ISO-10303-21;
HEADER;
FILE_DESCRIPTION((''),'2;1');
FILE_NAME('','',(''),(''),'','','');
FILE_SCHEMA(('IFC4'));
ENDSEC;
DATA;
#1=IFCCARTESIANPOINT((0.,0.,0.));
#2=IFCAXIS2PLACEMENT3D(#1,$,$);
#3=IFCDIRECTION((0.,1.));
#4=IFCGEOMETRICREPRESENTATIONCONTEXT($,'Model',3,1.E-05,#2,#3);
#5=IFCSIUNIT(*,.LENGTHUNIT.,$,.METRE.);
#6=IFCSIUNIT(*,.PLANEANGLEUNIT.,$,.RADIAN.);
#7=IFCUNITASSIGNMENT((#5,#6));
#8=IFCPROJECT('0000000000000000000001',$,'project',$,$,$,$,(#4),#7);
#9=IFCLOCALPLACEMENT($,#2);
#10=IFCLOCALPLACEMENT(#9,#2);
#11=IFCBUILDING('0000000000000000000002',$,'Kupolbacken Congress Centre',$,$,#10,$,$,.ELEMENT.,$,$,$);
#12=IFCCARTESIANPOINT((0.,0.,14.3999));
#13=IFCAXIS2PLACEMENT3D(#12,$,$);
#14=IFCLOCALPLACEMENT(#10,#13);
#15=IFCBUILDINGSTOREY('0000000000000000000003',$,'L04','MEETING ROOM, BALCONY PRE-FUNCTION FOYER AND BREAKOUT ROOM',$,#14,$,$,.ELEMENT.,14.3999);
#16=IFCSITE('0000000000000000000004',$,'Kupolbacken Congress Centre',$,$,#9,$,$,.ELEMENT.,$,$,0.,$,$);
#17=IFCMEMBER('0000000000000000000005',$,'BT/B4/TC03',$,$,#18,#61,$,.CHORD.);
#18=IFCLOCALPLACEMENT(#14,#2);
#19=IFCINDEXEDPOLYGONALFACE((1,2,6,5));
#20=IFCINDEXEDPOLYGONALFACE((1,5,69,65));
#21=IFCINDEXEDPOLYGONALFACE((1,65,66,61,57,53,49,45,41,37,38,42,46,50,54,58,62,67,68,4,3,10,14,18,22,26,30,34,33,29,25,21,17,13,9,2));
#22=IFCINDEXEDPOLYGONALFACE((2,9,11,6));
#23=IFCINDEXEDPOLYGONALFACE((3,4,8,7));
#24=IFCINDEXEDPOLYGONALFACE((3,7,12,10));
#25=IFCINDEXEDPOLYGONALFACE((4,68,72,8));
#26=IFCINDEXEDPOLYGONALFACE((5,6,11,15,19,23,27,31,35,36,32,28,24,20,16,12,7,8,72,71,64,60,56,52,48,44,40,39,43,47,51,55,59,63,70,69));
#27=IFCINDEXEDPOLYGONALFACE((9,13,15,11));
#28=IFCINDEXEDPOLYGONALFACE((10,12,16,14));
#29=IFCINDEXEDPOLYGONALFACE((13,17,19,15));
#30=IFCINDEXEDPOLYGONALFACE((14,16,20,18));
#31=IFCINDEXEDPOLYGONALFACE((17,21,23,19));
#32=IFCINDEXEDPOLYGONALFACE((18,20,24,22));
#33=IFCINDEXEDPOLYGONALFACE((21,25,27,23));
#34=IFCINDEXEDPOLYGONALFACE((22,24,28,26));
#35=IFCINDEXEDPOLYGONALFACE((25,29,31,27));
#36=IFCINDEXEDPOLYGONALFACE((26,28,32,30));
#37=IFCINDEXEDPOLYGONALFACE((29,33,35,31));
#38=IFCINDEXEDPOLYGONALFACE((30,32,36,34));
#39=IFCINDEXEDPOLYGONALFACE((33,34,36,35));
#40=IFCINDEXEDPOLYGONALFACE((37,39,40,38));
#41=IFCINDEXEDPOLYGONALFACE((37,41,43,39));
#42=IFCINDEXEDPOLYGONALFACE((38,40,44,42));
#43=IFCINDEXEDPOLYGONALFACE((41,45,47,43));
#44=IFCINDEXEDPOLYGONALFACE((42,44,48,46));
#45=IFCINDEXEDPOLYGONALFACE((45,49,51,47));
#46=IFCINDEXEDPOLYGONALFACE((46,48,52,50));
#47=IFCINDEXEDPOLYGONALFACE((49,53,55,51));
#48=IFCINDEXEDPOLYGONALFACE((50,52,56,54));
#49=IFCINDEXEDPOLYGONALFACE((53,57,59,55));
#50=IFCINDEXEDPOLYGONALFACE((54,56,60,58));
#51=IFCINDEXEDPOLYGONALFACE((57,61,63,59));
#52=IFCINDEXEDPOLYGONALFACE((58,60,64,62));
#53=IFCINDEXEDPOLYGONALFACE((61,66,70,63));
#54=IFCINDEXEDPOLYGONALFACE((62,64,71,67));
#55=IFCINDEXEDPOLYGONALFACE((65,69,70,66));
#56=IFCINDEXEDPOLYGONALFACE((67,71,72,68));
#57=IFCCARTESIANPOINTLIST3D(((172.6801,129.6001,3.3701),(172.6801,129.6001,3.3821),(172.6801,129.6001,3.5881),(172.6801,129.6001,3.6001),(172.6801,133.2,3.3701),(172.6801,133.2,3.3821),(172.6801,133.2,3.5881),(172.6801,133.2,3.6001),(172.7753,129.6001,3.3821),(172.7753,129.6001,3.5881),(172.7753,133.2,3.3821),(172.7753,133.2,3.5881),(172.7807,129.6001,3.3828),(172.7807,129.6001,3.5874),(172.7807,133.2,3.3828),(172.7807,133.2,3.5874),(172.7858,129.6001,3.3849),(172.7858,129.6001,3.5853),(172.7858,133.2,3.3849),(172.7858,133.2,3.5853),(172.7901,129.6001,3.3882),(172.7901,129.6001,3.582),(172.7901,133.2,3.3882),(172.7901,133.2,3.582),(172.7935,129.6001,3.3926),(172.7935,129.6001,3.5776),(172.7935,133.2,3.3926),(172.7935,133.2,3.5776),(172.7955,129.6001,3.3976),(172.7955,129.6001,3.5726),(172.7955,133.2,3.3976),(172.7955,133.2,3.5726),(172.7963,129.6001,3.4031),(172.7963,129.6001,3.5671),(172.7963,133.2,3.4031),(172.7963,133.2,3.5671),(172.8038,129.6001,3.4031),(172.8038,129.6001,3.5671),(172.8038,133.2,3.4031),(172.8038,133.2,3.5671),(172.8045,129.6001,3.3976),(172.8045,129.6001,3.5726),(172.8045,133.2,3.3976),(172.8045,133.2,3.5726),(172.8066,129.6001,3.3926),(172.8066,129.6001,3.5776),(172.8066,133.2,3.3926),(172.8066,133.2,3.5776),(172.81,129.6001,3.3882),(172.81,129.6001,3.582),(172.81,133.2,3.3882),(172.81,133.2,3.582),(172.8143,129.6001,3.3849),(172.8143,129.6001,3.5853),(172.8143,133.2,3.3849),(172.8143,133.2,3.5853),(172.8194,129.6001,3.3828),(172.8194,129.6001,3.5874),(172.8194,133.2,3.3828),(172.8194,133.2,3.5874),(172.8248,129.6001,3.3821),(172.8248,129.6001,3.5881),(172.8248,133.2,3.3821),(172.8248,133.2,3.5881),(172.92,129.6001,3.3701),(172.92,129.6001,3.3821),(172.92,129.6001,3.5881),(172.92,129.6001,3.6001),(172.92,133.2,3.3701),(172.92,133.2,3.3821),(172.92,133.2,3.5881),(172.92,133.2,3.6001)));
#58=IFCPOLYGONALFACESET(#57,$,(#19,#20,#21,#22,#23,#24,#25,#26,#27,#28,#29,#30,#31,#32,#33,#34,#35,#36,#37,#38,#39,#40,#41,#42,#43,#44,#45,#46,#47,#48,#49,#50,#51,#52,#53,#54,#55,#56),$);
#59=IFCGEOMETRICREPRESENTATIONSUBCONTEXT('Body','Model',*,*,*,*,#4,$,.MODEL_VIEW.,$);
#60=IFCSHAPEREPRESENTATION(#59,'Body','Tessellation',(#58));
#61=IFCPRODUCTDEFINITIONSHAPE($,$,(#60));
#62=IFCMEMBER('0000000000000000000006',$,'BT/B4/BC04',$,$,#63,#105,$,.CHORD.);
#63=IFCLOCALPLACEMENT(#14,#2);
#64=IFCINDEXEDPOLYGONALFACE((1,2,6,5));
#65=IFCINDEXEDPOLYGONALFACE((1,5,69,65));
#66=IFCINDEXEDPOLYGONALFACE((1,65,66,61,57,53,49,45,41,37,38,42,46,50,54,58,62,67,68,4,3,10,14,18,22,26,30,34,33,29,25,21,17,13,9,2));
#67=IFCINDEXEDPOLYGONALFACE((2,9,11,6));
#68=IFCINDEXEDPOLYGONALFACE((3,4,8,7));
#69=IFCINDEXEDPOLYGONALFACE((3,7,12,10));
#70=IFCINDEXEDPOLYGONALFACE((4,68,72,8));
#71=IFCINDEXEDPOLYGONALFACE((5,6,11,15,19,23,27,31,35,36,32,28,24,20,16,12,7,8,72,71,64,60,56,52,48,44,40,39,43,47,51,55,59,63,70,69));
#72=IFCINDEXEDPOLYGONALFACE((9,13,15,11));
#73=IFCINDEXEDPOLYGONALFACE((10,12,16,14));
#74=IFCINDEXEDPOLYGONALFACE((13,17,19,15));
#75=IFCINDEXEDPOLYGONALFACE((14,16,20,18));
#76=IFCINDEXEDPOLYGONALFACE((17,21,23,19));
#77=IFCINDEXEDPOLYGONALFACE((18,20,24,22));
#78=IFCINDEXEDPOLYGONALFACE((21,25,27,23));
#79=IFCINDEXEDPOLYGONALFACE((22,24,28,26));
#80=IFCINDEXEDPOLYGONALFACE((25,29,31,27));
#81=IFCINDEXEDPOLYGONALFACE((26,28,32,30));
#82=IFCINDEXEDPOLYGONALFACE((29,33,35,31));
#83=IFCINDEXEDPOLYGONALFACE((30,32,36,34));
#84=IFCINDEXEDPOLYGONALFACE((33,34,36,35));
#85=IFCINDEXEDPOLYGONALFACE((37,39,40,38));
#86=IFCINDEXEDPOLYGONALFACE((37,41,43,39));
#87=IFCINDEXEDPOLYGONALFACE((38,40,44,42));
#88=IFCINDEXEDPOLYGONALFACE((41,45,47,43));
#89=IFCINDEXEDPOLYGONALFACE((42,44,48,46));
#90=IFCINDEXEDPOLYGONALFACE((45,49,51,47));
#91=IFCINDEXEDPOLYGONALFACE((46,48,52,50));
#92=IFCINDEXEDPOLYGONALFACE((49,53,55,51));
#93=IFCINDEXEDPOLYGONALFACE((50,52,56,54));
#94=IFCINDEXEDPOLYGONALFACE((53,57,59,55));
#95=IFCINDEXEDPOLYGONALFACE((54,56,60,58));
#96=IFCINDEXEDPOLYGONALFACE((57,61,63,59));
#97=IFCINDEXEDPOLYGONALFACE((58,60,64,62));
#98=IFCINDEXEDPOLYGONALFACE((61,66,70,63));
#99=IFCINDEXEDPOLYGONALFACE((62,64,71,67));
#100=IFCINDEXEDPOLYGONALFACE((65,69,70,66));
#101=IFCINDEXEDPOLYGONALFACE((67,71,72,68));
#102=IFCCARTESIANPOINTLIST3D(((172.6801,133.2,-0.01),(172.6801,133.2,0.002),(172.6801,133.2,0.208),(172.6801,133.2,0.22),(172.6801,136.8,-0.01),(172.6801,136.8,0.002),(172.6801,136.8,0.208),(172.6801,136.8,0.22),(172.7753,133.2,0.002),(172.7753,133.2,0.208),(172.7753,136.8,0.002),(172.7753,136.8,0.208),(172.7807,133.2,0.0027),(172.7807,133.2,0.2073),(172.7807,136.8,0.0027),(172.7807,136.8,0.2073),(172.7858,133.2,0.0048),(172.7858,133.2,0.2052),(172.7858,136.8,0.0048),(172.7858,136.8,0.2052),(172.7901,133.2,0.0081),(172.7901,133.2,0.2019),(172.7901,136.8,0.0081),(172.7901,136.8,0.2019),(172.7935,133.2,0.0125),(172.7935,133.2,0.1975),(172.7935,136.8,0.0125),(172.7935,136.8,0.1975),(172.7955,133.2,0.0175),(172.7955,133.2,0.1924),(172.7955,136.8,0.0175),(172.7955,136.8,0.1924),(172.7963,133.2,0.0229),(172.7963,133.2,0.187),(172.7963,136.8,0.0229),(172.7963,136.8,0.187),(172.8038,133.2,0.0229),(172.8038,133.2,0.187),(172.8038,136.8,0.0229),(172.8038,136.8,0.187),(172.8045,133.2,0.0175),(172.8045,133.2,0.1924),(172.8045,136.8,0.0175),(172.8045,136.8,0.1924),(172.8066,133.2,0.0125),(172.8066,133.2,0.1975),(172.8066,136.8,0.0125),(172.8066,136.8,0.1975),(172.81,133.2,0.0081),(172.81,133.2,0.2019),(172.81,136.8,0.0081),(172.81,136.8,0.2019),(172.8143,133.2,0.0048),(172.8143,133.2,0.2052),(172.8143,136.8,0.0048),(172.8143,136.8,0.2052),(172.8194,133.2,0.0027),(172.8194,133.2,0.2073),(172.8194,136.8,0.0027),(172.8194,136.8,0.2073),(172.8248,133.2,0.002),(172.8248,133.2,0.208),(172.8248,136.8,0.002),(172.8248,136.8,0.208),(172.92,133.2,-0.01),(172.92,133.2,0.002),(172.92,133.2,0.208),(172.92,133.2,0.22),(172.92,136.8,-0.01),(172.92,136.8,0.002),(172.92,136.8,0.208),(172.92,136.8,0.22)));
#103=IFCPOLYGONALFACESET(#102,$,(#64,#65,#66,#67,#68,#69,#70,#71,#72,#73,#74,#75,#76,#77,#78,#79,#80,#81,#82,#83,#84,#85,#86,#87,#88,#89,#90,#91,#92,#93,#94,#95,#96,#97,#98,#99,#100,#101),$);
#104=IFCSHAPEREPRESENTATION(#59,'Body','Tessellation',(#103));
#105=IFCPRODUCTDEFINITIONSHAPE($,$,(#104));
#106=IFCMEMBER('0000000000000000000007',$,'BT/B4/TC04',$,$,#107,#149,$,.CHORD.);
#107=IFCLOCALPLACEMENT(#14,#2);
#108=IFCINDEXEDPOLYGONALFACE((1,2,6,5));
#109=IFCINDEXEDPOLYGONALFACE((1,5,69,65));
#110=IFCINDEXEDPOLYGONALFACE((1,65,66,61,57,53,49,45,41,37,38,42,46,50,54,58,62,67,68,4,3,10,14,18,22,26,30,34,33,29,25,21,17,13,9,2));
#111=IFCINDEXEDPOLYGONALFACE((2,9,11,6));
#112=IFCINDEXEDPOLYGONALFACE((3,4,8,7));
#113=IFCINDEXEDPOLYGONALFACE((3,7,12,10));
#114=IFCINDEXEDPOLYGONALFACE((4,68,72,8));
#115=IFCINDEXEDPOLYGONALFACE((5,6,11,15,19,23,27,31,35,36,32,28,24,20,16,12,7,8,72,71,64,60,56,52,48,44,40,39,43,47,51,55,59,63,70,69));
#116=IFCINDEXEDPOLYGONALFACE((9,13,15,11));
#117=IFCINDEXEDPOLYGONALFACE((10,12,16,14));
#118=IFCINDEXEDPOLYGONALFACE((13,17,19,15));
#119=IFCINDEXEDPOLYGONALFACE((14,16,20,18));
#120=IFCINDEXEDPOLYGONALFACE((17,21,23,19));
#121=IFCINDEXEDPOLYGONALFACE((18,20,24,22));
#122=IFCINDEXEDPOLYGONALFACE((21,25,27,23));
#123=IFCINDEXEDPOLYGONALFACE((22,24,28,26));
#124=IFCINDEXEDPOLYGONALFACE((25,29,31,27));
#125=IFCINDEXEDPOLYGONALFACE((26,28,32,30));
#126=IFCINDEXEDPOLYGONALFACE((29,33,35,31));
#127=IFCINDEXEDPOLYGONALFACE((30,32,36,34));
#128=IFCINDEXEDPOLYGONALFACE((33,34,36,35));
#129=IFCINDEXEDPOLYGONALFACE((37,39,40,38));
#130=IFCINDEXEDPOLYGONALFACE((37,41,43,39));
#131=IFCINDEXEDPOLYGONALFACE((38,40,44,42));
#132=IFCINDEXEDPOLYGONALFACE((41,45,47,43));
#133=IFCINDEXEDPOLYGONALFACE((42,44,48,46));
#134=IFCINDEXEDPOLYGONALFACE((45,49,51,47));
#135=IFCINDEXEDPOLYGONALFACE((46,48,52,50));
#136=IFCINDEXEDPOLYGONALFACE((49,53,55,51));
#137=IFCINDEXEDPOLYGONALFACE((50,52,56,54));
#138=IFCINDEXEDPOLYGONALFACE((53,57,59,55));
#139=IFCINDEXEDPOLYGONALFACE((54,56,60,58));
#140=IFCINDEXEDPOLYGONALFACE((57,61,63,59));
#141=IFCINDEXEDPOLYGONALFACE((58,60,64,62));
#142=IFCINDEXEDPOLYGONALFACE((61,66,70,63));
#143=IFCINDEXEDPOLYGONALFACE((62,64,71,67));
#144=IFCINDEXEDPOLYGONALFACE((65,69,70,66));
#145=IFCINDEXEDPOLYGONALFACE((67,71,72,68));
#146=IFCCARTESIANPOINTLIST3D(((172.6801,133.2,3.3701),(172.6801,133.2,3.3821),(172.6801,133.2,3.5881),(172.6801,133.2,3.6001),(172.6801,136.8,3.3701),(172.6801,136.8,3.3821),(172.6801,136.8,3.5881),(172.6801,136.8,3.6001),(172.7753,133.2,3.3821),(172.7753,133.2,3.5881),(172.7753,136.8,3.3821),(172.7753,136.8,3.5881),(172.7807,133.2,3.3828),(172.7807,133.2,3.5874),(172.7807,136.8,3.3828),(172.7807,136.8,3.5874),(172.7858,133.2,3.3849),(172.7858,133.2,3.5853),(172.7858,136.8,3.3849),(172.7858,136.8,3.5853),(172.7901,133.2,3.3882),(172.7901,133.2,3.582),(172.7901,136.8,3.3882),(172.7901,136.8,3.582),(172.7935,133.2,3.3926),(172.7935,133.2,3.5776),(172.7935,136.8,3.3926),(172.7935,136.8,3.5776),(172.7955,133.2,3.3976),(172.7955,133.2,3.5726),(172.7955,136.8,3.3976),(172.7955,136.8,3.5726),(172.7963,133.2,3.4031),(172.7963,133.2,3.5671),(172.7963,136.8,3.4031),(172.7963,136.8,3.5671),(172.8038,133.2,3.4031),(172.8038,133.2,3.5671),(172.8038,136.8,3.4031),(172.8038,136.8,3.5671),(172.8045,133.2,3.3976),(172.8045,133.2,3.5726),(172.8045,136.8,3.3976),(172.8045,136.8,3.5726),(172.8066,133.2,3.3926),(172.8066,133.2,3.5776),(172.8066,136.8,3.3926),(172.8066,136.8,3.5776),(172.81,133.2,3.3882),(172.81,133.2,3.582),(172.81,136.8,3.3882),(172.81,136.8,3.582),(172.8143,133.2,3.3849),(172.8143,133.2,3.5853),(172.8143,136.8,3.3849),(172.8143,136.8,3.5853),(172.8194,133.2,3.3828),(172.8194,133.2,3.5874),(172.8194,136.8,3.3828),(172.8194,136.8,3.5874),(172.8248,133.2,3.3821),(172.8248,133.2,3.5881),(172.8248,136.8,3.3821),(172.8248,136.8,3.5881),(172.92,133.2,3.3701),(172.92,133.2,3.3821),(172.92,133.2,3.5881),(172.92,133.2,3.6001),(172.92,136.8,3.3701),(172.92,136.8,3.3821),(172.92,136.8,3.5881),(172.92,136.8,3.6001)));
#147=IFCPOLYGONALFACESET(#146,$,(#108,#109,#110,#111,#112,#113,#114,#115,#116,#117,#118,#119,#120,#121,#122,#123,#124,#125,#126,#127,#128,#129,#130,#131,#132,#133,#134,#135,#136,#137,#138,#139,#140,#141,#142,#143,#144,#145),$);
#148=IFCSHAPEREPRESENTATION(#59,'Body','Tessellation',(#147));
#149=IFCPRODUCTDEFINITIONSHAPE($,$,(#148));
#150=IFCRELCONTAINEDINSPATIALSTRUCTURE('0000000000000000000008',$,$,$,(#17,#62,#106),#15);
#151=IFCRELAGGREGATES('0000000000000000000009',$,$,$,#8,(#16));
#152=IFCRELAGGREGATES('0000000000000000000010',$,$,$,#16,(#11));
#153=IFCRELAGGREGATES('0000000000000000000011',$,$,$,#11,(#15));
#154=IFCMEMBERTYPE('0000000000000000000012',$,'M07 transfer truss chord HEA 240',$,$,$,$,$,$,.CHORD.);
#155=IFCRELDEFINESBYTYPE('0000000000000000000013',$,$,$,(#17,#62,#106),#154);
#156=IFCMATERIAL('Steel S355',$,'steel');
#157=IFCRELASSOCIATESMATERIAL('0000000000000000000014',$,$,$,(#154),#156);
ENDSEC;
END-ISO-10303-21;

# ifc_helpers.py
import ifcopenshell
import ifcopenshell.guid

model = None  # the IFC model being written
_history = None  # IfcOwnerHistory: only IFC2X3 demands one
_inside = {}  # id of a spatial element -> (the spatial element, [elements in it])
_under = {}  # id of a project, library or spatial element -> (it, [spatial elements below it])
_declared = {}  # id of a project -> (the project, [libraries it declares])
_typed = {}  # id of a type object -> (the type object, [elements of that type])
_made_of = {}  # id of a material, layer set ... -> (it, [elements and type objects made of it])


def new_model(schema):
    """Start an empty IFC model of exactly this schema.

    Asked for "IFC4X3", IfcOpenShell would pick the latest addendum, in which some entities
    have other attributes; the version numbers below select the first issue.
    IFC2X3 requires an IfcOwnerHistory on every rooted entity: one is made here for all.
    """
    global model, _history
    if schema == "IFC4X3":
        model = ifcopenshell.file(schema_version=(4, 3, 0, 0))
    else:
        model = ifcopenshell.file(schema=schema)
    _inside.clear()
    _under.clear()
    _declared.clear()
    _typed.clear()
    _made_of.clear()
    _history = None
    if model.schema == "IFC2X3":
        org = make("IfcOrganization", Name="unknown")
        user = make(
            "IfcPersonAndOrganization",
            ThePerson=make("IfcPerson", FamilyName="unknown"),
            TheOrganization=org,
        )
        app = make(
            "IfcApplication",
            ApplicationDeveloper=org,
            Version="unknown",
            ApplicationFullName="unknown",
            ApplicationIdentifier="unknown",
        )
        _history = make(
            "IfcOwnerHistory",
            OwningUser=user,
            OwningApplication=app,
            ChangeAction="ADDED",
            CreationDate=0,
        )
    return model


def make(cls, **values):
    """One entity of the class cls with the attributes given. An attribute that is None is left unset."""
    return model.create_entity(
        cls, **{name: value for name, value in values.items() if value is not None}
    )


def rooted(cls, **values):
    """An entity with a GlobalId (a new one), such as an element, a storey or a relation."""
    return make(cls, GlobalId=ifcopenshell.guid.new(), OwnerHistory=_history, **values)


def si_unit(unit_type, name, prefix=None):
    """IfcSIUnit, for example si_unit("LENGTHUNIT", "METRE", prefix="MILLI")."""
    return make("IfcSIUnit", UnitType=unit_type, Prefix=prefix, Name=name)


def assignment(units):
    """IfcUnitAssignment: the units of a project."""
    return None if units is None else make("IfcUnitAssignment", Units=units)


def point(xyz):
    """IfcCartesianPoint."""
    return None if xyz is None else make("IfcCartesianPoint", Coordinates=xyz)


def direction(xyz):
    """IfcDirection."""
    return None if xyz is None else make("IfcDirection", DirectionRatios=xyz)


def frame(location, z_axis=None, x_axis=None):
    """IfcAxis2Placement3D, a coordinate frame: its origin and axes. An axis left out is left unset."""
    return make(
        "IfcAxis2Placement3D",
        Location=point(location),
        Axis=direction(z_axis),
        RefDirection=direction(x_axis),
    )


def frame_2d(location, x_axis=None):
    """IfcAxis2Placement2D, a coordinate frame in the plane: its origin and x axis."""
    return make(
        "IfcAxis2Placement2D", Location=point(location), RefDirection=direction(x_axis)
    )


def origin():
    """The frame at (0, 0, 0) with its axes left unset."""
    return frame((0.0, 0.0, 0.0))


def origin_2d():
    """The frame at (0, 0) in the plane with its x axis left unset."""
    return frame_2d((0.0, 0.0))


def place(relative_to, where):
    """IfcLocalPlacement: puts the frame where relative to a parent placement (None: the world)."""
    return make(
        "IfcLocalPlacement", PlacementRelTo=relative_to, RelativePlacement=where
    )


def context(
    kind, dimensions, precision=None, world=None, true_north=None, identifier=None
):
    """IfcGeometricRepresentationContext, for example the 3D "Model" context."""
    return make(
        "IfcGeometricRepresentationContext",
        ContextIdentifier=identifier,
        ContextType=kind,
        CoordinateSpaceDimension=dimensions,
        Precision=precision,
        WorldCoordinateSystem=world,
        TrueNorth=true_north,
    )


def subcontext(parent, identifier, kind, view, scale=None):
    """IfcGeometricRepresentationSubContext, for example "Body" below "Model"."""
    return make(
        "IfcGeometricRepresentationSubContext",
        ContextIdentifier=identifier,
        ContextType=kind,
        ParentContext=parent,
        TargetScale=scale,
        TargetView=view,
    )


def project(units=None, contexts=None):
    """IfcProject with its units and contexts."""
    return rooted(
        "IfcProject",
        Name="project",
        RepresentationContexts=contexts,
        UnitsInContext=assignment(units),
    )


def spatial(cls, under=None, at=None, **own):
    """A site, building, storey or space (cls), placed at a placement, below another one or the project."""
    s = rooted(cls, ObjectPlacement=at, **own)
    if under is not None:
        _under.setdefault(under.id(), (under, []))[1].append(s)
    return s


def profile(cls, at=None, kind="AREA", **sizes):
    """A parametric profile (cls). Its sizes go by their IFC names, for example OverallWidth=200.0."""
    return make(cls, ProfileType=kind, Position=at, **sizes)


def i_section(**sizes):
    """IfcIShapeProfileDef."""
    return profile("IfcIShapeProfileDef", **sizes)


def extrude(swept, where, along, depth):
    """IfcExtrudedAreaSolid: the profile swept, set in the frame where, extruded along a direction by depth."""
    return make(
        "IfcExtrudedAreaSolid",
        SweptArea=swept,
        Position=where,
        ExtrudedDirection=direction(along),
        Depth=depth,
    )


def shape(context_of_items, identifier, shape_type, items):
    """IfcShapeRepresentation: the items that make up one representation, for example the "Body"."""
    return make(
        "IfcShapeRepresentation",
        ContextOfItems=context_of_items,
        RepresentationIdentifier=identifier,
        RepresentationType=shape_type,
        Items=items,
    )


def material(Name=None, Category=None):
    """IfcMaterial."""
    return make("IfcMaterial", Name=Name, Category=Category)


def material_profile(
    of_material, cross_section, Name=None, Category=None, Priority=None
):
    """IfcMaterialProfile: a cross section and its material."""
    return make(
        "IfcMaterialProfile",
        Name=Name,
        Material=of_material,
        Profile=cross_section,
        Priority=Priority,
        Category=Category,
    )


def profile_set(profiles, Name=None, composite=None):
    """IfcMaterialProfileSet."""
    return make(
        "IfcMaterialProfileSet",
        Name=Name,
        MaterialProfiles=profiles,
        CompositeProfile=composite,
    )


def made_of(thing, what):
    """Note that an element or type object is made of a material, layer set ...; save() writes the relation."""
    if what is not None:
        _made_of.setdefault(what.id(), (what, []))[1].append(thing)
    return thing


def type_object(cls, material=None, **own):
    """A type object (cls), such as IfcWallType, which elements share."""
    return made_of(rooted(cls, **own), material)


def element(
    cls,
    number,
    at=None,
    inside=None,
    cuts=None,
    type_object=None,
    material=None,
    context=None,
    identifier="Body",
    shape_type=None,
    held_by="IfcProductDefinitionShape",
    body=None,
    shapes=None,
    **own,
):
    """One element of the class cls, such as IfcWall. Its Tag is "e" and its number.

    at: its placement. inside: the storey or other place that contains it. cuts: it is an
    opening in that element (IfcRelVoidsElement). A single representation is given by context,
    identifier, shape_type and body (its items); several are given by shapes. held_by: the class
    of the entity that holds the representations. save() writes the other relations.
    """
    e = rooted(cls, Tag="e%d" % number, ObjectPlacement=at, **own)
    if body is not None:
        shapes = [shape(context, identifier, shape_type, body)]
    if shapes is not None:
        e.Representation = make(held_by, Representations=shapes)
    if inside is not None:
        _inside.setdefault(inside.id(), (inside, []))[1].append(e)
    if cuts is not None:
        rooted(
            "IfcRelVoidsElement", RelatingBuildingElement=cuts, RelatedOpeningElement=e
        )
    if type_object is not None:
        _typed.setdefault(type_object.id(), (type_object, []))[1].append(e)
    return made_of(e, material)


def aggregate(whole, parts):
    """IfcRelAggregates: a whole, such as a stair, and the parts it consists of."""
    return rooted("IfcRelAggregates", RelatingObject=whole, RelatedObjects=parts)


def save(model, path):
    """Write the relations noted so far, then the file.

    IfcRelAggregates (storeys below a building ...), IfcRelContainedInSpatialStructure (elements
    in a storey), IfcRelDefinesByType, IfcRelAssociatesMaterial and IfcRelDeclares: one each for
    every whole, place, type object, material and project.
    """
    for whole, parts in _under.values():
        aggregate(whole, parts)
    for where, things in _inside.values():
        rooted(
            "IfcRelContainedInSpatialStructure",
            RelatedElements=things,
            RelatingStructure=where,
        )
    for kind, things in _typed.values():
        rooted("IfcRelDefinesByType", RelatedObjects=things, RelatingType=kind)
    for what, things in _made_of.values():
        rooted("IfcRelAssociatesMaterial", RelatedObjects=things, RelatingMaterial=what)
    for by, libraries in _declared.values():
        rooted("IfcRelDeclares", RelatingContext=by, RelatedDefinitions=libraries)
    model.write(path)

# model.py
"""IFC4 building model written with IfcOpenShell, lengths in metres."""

from ifc_helpers import new_model, si_unit, direction, frame, origin, origin_2d, place, context, subcontext, project, spatial, i_section, extrude, material, material_profile, profile_set, type_object, element, save


model = new_model("IFC4")

# Units and contexts
model_context = context("Model", 3, precision=1e-05, world=origin(), true_north=direction((0.0, 1.0)))
body_context = subcontext(model_context, "Body", "Model", "MODEL_VIEW")
ifc_project = project(units=[si_unit("LENGTHUNIT", "METRE"), si_unit("PLANEANGLEUNIT", "RADIAN")], contexts=[model_context])

# Site, building, storey
site_placement = place(None, origin())
site = spatial("IfcSite", under=ifc_project, at=site_placement, Name="Kupolbacken Congress Centre", CompositionType="ELEMENT", RefElevation=0.0)
building_placement = place(site_placement, origin())
building = spatial("IfcBuilding", under=site, at=building_placement, Name="Kupolbacken Congress Centre", CompositionType="ELEMENT")
storey_placement = place(building_placement, frame((0.0, 0.0, 14.3999)))
storey = spatial("IfcBuildingStorey", under=building, at=storey_placement, Name="L04", Description="MEETING ROOM, BALCONY PRE-FUNCTION FOYER AND BREAKOUT ROOM", CompositionType="ELEMENT", Elevation=14.3999)

# Members
ifc_material_1 = material(Name="Steel S355", Category="steel")
ifc_material_profile_1 = material_profile(ifc_material_1, i_section(OverallWidth=0.24, OverallDepth=0.23, WebThickness=0.0076, FlangeThickness=0.012, FilletRadius=0.021, at=origin_2d()), Name="HEA 240")
ifc_profile_set_1 = profile_set([ifc_material_profile_1], Name="Steel S355")
member_type_1 = type_object("IfcMemberType", Name="M07 transfer truss chord HEA 240", PredefinedType="CHORD", material=ifc_profile_set_1)
for number, where, z_axis, x_axis, name in (
    (1, (172.8, 129.6001, 3.4851), (0.0, 1.0, 0.0), (-1.0, 0.0, 0.0), "BT/B4/TC03"),
):
    element("IfcMember", number, at=place(storey_placement, frame(where, z_axis=z_axis, x_axis=x_axis)), inside=storey, type_object=member_type_1, Name=name, PredefinedType="CHORD", context=body_context, shape_type="SweptSolid", body=[
        extrude(i_section(OverallWidth=0.24, OverallDepth=0.23, WebThickness=0.0076, FlangeThickness=0.012, FilletRadius=0.021, at=origin_2d()), origin(), (0.0, 0.0, 1.0), 3.5999),
    ])
for number, where, z_axis, x_axis, name in (
    (2, (172.8, 133.2, 0.105), (0.0, 1.0, 0.0), (-1.0, 0.0, 0.0), "BT/B4/BC04"),
    (3, (172.8, 133.2, 3.4851), (0.0, 1.0, 0.0), (-1.0, 0.0, 0.0), "BT/B4/TC04"),
):
    element("IfcMember", number, at=place(storey_placement, frame(where, z_axis=z_axis, x_axis=x_axis)), inside=storey, type_object=member_type_1, Name=name, PredefinedType="CHORD", context=body_context, shape_type="SweptSolid", body=[
        extrude(i_section(OverallWidth=0.24, OverallDepth=0.23, WebThickness=0.0076, FlangeThickness=0.012, FilletRadius=0.021, at=origin_2d()), origin(), (0.0, 0.0, 1.0), 3.6001),
    ])

save(model, "model.ifc")
